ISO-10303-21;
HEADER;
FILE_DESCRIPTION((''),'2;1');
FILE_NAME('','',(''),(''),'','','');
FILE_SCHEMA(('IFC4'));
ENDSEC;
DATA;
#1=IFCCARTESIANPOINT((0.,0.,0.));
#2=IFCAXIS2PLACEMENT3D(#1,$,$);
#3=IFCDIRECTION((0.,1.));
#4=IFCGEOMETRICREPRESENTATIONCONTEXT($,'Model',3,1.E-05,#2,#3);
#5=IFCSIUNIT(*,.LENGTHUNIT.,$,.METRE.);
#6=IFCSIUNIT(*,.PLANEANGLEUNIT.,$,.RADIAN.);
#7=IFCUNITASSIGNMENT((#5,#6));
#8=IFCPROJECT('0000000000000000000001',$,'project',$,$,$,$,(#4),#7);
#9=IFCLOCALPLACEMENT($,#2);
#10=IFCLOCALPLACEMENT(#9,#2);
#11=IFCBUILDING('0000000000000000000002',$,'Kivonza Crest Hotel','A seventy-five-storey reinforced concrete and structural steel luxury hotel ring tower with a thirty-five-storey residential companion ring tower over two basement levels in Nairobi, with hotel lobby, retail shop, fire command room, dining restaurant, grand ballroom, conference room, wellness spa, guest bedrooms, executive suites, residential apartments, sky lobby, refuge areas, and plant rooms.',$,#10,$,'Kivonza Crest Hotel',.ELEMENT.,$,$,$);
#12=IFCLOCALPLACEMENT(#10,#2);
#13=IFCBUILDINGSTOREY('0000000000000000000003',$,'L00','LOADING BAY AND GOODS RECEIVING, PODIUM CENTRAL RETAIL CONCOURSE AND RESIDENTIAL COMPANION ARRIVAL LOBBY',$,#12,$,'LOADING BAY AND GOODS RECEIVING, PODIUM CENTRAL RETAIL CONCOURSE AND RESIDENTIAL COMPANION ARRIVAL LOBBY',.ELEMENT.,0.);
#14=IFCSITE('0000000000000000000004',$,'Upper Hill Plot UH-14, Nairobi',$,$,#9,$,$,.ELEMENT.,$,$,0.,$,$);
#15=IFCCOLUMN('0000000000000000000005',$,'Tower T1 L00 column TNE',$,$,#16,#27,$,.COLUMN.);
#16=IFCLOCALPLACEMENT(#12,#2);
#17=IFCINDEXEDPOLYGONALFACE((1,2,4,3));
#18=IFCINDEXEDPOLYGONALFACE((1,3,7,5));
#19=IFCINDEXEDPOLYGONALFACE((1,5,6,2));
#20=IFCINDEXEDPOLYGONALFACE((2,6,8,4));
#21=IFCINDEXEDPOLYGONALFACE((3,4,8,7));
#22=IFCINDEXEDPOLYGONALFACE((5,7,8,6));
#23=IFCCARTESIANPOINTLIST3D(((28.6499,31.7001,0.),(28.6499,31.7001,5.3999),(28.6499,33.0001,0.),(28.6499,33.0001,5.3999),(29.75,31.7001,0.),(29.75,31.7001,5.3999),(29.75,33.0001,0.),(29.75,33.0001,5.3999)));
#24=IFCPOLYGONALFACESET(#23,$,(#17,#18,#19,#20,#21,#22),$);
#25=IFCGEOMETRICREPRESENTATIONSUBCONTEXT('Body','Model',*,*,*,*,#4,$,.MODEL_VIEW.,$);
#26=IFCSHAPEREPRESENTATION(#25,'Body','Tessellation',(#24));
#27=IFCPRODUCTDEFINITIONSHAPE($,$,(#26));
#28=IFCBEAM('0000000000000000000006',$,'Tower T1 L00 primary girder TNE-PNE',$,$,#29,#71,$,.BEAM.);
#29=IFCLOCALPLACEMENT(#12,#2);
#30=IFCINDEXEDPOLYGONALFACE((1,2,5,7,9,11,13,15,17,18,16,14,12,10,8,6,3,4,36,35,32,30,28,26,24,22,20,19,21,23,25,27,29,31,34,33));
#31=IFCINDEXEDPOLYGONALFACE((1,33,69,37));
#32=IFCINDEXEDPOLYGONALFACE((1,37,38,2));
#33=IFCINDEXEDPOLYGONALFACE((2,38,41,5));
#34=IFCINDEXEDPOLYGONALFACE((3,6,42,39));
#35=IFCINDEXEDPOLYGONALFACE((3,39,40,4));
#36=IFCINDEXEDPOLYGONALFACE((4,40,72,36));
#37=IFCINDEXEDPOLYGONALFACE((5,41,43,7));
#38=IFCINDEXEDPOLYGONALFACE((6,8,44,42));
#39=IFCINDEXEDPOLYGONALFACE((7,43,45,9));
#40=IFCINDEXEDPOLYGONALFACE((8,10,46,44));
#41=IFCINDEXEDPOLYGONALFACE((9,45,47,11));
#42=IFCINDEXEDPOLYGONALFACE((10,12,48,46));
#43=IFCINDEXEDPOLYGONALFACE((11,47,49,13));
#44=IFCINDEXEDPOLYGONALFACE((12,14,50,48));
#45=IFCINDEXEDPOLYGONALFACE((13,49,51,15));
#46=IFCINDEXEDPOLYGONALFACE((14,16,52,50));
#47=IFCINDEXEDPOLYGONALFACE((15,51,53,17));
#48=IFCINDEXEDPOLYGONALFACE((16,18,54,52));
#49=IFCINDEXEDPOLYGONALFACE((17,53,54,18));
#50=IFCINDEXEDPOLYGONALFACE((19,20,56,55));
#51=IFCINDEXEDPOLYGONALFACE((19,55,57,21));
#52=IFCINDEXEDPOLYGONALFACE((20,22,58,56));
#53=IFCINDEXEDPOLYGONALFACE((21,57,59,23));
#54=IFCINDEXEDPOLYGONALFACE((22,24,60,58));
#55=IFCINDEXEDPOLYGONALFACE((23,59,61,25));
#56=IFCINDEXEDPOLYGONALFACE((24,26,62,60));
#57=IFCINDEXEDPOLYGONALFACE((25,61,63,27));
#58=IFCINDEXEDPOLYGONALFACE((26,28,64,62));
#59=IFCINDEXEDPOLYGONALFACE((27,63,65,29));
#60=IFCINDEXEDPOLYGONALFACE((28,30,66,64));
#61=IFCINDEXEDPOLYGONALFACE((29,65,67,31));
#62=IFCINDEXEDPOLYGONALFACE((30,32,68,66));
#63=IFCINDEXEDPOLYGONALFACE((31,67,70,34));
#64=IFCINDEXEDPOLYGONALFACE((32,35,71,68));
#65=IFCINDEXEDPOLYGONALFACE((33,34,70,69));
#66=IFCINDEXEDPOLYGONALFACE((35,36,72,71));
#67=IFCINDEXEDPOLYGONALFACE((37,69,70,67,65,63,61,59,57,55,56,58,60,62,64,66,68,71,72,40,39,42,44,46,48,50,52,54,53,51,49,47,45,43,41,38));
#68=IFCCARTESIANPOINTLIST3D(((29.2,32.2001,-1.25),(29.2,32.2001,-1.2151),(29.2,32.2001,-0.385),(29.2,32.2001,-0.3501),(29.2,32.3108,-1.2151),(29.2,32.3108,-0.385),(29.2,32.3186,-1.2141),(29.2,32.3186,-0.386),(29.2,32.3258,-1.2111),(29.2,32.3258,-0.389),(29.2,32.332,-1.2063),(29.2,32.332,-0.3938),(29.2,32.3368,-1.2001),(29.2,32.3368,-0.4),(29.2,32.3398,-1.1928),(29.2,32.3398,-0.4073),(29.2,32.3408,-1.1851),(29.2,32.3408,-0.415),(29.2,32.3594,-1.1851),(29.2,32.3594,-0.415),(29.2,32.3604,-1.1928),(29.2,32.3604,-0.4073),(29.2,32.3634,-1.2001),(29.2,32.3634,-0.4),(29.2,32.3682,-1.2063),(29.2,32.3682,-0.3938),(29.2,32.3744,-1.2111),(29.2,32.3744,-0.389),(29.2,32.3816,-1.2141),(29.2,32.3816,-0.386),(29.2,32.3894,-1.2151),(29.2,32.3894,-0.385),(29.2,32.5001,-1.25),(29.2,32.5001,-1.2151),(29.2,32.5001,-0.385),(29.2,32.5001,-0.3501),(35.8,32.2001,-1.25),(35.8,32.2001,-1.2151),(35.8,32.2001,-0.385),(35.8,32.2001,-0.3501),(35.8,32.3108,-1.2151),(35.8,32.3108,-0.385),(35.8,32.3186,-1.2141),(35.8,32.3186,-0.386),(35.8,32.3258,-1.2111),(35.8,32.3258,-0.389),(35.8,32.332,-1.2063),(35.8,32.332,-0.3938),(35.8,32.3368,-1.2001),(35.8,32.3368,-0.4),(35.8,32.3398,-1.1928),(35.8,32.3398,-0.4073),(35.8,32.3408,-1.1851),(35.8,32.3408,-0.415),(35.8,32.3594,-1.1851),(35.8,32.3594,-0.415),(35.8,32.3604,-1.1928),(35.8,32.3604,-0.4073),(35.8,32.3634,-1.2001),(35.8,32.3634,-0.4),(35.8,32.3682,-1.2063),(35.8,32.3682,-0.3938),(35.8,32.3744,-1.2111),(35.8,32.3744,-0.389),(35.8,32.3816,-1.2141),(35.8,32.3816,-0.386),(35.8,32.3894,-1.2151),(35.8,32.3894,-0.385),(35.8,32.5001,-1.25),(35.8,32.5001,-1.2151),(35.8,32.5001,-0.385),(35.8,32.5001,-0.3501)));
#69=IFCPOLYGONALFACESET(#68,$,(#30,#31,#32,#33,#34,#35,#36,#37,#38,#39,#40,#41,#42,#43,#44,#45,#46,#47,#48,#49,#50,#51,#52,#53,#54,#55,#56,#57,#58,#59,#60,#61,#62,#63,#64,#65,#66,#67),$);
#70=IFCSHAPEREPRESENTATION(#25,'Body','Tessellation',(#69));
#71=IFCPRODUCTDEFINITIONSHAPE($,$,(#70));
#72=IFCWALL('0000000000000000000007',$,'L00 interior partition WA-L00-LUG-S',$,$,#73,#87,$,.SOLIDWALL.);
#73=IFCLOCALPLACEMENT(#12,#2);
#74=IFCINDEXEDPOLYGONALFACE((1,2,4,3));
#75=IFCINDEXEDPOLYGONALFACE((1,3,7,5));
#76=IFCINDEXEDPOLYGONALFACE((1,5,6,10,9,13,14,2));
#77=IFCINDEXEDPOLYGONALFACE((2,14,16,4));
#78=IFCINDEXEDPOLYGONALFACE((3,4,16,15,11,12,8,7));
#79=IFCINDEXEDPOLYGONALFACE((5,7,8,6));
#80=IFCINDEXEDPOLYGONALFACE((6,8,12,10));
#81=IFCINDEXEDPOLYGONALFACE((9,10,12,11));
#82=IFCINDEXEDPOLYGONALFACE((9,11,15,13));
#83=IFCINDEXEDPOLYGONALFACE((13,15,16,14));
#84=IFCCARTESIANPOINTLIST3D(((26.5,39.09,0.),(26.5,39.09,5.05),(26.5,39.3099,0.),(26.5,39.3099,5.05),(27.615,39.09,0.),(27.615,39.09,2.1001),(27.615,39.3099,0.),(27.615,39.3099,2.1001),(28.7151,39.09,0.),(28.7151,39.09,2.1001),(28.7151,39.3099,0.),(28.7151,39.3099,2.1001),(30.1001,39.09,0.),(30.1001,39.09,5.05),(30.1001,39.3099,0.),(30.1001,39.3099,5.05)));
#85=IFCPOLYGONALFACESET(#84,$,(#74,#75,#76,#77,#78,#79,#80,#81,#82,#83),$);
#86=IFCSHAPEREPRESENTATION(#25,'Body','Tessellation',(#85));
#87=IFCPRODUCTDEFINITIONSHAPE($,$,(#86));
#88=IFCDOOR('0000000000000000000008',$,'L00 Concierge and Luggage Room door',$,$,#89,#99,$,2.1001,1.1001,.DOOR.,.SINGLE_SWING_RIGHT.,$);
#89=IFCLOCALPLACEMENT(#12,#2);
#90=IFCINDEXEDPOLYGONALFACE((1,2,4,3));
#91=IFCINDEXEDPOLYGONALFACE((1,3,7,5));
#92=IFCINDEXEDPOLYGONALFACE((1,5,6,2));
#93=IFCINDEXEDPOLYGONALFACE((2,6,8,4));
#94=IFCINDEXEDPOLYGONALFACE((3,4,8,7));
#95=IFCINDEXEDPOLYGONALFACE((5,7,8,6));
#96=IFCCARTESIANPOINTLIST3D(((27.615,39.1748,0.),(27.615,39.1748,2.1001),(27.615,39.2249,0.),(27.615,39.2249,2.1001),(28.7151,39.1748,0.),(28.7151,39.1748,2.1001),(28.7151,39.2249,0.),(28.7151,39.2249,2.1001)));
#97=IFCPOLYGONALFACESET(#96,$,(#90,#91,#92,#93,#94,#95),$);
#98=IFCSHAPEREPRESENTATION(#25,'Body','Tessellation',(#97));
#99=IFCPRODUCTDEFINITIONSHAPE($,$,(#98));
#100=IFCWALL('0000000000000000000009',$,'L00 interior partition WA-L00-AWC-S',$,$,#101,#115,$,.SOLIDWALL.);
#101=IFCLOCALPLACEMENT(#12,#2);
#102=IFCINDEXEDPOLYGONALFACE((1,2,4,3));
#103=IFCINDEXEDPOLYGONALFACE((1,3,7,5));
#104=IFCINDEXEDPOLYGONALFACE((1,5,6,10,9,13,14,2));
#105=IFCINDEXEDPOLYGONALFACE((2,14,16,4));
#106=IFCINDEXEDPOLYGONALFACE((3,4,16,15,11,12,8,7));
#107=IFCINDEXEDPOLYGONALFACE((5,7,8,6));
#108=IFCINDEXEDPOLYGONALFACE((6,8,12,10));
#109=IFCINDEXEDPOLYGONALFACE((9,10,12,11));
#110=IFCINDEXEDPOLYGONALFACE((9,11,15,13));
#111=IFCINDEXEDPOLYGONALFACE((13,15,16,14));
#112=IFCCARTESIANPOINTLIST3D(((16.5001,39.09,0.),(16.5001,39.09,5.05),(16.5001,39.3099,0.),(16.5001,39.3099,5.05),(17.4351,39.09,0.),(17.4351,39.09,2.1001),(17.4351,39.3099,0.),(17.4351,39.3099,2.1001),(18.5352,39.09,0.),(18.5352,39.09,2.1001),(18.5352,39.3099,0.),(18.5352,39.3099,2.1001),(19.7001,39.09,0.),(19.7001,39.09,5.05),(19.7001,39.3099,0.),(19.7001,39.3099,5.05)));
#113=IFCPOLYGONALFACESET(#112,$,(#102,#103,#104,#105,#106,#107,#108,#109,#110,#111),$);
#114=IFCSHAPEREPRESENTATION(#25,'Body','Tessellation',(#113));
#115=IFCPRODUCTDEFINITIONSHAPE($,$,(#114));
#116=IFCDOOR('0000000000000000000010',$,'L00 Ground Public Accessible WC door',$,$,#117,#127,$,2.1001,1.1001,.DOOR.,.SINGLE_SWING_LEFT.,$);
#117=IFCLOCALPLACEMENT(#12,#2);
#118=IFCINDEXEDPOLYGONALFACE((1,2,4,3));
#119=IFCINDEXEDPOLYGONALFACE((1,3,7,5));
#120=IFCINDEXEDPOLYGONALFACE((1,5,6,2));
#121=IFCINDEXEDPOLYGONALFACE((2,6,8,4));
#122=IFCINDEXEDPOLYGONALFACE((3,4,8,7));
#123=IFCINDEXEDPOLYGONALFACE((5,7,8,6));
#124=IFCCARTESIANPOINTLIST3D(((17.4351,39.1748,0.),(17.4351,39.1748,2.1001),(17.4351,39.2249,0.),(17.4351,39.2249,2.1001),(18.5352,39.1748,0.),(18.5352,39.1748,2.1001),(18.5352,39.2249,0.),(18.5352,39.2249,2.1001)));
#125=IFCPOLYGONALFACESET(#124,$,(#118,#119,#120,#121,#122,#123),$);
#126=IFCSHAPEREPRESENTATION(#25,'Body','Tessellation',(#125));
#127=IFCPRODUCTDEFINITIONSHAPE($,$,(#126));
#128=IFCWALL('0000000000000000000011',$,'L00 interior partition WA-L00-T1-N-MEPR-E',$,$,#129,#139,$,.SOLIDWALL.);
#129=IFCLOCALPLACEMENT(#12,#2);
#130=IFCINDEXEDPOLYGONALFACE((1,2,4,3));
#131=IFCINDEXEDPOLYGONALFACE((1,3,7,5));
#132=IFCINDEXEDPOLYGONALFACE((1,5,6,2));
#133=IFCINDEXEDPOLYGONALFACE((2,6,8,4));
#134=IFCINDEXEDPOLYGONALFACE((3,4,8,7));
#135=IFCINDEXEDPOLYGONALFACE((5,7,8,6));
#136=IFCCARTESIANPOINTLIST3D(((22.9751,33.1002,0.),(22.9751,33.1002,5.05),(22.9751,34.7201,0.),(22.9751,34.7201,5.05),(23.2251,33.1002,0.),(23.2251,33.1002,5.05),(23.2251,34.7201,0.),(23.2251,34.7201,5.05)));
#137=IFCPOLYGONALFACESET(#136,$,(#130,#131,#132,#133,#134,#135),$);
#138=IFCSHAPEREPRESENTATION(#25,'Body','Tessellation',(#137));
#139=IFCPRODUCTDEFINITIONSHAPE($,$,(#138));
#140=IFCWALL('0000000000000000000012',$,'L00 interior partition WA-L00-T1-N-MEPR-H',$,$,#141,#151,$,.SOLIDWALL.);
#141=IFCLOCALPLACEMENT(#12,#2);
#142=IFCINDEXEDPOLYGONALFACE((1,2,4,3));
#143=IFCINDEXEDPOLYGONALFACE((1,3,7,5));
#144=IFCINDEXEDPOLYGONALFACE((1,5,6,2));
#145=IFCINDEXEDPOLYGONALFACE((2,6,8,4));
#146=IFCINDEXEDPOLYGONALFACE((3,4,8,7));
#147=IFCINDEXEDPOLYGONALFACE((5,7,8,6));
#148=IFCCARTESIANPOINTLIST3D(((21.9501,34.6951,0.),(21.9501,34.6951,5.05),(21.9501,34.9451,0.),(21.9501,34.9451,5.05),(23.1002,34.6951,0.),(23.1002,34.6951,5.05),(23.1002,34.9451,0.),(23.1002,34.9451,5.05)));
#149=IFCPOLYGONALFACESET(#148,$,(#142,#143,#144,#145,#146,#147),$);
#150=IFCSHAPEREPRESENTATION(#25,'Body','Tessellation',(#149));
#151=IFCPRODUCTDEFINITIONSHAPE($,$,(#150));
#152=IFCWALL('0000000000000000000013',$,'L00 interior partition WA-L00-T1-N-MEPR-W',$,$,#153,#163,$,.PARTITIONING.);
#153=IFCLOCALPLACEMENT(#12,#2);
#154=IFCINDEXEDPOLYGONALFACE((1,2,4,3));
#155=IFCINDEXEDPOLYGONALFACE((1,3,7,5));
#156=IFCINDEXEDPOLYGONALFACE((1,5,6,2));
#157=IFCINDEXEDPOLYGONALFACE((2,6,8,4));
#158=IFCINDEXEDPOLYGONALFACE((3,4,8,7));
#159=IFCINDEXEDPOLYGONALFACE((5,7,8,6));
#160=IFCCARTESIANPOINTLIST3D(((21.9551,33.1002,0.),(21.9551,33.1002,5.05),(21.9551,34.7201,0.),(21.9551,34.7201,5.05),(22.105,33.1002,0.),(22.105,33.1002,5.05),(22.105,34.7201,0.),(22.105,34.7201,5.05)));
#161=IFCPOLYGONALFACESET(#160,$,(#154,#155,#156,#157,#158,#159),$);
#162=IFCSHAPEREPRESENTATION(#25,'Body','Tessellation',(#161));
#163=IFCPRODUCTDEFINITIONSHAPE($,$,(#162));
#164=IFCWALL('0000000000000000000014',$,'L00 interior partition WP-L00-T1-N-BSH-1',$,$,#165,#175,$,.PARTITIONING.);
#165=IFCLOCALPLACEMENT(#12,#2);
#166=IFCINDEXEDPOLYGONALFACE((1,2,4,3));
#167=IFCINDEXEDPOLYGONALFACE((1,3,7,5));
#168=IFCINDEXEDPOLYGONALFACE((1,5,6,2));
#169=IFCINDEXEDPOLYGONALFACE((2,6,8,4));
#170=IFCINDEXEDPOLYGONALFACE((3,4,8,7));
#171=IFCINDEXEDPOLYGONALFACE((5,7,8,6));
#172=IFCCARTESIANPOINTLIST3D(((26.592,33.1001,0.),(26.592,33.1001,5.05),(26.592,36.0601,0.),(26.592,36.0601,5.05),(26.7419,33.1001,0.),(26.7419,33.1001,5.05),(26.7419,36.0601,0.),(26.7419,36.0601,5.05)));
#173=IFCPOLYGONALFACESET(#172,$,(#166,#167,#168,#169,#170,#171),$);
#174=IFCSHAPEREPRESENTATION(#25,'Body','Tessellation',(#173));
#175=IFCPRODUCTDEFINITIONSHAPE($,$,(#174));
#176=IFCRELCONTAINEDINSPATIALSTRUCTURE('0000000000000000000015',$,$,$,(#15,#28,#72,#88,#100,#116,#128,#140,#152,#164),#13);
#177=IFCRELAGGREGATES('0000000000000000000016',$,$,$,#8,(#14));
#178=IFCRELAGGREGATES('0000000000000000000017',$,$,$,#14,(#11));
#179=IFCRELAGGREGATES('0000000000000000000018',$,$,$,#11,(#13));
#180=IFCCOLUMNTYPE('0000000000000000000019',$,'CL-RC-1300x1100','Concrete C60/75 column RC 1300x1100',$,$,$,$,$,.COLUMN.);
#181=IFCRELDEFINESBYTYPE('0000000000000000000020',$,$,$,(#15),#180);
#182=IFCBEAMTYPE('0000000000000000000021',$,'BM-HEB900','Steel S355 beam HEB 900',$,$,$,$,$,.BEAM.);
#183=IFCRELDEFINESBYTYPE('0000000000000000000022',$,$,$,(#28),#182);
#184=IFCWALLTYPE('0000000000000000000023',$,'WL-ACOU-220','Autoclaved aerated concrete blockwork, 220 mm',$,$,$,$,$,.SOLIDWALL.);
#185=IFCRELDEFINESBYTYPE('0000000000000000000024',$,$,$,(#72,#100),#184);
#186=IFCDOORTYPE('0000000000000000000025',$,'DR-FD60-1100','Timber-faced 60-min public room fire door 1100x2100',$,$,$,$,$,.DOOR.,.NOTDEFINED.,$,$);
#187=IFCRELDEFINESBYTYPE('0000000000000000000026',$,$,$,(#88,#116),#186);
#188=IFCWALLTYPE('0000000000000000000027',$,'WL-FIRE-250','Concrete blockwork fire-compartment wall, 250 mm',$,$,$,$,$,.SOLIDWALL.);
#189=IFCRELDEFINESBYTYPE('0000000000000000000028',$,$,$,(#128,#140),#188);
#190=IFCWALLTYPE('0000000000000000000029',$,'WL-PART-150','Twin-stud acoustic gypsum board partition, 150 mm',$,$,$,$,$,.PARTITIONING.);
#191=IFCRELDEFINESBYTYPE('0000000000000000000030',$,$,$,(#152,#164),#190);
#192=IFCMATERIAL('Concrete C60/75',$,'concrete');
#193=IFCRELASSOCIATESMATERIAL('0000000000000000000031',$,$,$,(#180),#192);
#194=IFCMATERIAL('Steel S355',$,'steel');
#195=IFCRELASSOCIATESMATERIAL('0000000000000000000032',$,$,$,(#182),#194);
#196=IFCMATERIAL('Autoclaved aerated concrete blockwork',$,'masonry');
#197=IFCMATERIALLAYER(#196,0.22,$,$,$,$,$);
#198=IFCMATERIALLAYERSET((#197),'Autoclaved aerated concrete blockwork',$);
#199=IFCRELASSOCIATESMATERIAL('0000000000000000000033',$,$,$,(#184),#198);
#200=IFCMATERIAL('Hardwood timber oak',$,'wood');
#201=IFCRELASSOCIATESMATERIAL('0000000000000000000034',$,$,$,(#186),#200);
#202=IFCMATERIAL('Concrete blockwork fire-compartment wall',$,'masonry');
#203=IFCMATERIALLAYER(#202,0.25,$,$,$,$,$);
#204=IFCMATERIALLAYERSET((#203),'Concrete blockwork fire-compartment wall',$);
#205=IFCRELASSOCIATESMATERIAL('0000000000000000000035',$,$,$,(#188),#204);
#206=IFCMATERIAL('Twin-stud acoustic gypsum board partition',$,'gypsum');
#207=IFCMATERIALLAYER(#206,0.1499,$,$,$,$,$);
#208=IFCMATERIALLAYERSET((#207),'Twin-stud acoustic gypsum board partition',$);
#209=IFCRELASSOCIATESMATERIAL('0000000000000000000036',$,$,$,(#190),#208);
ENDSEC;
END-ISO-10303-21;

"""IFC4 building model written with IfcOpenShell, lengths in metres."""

from ifc_helpers import new_model, si_unit, direction, frame, frame_2d, origin, origin_2d, place, context, subcontext, project, spatial, rectangle, i_section, extrude, material, layer, layer_set, material_profile, profile_set, type_object, element, fill, save


model = new_model("IFC4")

# Units and contexts
model_context = context("Model", 3, precision=1e-05, world=origin(), true_north=direction((0.0, 1.0)))
body_context = subcontext(model_context, "Body", "Model", "MODEL_VIEW")
ifc_project = project(units=[si_unit("LENGTHUNIT", "METRE"), si_unit("PLANEANGLEUNIT", "RADIAN")], contexts=[model_context])

# Site, building, storey
site_placement = place(None, origin())
site = spatial("IfcSite", under=ifc_project, at=site_placement, Name="Upper Hill Plot UH-14, Nairobi", CompositionType="ELEMENT", RefElevation=0.0)
building_placement = place(site_placement, origin())
building = spatial("IfcBuilding", under=site, at=building_placement, Name="Kivonza Crest Hotel", Description="A seventy-five-storey reinforced concrete and structural steel luxury hotel ring tower with a thirty-five-storey residential companion ring tower over two basement levels in Nairobi, with hotel lobby, retail shop, fire command room, dining restaurant, grand ballroom, conference room, wellness spa, guest bedrooms, executive suites, residential apartments, sky lobby, refuge areas, and plant rooms.", LongName="Kivonza Crest Hotel", CompositionType="ELEMENT")
storey_placement = place(building_placement, origin())
storey = spatial("IfcBuildingStorey", under=building, at=storey_placement, Name="L00", Description="LOADING BAY AND GOODS RECEIVING, PODIUM CENTRAL RETAIL CONCOURSE AND RESIDENTIAL COMPANION ARRIVAL LOBBY", LongName="LOADING BAY AND GOODS RECEIVING, PODIUM CENTRAL RETAIL CONCOURSE AND RESIDENTIAL COMPANION ARRIVAL LOBBY", CompositionType="ELEMENT", Elevation=0.0)

# Column
ifc_material_1 = material(Name="Concrete C60/75", Category="concrete")
ifc_material_profile_1 = material_profile(ifc_material_1, rectangle(XDim=1.1001, YDim=1.3, at=origin_2d()), Name="RC 1300x1100")
ifc_profile_set_1 = profile_set([ifc_material_profile_1], Name="Concrete C60/75")
column_type = type_object("IfcColumnType", Name="CL-RC-1300x1100", Description="Concrete C60/75 column RC 1300x1100", PredefinedType="COLUMN", material=ifc_profile_set_1)
column_placement = place(storey_placement, frame((29.2, 32.3501, 0.0), z_axis=(0.0, 0.0, 1.0), x_axis=(1.0, 0.0, 0.0)))
element("IfcColumn", 1, at=column_placement, inside=storey, type_object=column_type, Name="Tower T1 L00 column TNE", PredefinedType="COLUMN", context=body_context, shape_type="SweptSolid", body=[
    extrude(rectangle(XDim=1.1001, YDim=1.3, at=origin_2d()), origin(), (0.0, 0.0, 1.0), 5.3999),
])

# Beam
ifc_material_2 = material(Name="Steel S355", Category="steel")
ifc_material_profile_2 = material_profile(ifc_material_2, i_section(OverallWidth=0.3, OverallDepth=0.8999, WebThickness=0.0186, FlangeThickness=0.0349, FilletRadius=0.03, at=origin_2d()), Name="HEB 900")
ifc_profile_set_2 = profile_set([ifc_material_profile_2], Name="Steel S355")
beam_type = type_object("IfcBeamType", Name="BM-HEB900", Description="Steel S355 beam HEB 900", PredefinedType="BEAM", material=ifc_profile_set_2)
beam_placement = place(storey_placement, frame((29.2, 32.3501, -0.8), z_axis=(1.0, 0.0, 0.0), x_axis=(0.0, 1.0, 0.0)))
element("IfcBeam", 2, at=beam_placement, inside=storey, type_object=beam_type, Name="Tower T1 L00 primary girder TNE-PNE", PredefinedType="BEAM", context=body_context, shape_type="SweptSolid", body=[
    extrude(i_section(OverallWidth=0.3, OverallDepth=0.8999, WebThickness=0.0186, FlangeThickness=0.0349, FilletRadius=0.03, at=origin_2d()), origin(), (0.0, 0.0, 1.0), 6.6001),
])

# Walls, openings, doors
ifc_material_3 = material(Name="Autoclaved aerated concrete blockwork", Category="masonry")
ifc_layer_1 = layer(ifc_material_3, 0.22)
ifc_layer_set_1 = layer_set([ifc_layer_1], Name="Autoclaved aerated concrete blockwork")
wall_type_1 = type_object("IfcWallType", Name="WL-ACOU-220", Description="Autoclaved aerated concrete blockwork, 220 mm", PredefinedType="SOLIDWALL", material=ifc_layer_set_1)
wall_1_placement = place(storey_placement, frame((26.5, 39.2, 0.0), z_axis=(0.0, 0.0, 1.0), x_axis=(1.0, 0.0, 0.0)))
wall_1 = element("IfcWall", 3, at=wall_1_placement, inside=storey, type_object=wall_type_1, Name="L00 interior partition WA-L00-LUG-S", PredefinedType="SOLIDWALL", context=body_context, shape_type="SweptSolid", body=[
    extrude(rectangle(XDim=3.6001, YDim=0.22, at=frame_2d((1.8, 0.0))), origin(), (0.0, 0.0, 1.0), 5.05),
])
opening_1_placement = place(wall_1_placement, frame((1.115, 0.0, 0.0)))
opening_1 = element("IfcOpeningElement", 4, at=opening_1_placement, cuts=wall_1, PredefinedType="OPENING", context=body_context, shape_type="SweptSolid", body=[
    extrude(rectangle(XDim=1.1001, YDim=2.1001, at=frame_2d((0.55, 1.05))), frame((0.0, 0.1201, 0.0), z_axis=(0.0, -1.0, 0.0), x_axis=(1.0, 0.0, 0.0)), (0.0, 0.0, 1.0), 0.24),
])
ifc_material_4 = material(Name="Hardwood timber oak", Category="wood")
door_type_1 = type_object("IfcDoorType", Name="DR-FD60-1100", Description="Timber-faced 60-min public room fire door 1100x2100", OperationType="NOTDEFINED", PredefinedType="DOOR", material=ifc_material_4)
door_1_placement = place(opening_1_placement, origin())
door_1 = element("IfcDoor", 5, at=door_1_placement, inside=storey, type_object=door_type_1, Name="L00 Concierge and Luggage Room door", OperationType="SINGLE_SWING_RIGHT", OverallHeight=2.1001, OverallWidth=1.1001, PredefinedType="DOOR", context=body_context, shape_type="SweptSolid", body=[
    extrude(rectangle(XDim=1.1001, YDim=2.1001, at=frame_2d((0.55, 1.05))), frame((0.0, 0.0249, 0.0), z_axis=(0.0, -1.0, 0.0), x_axis=(1.0, 0.0, 0.0)), (0.0, 0.0, 1.0), 0.05),
])
fill(opening_1, door_1)
wall_2_placement = place(storey_placement, frame((16.5, 39.2, 0.0), z_axis=(0.0, 0.0, 1.0), x_axis=(1.0, 0.0, 0.0)))
wall_2 = element("IfcWall", 6, at=wall_2_placement, inside=storey, type_object=wall_type_1, Name="L00 interior partition WA-L00-AWC-S", PredefinedType="SOLIDWALL", context=body_context, shape_type="SweptSolid", body=[
    extrude(rectangle(XDim=3.2, YDim=0.22, at=frame_2d((1.6001, 0.0))), origin(), (0.0, 0.0, 1.0), 5.05),
])
opening_2_placement = place(wall_2_placement, frame((0.9351, 0.0, 0.0)))
opening_2 = element("IfcOpeningElement", 7, at=opening_2_placement, cuts=wall_2, PredefinedType="OPENING", context=body_context, shape_type="SweptSolid", body=[
    extrude(rectangle(XDim=1.1001, YDim=2.1001, at=frame_2d((0.55, 1.05))), frame((0.0, 0.1201, 0.0), z_axis=(0.0, -1.0, 0.0), x_axis=(1.0, 0.0, 0.0)), (0.0, 0.0, 1.0), 0.24),
])
door_2_placement = place(opening_2_placement, origin())
door_2 = element("IfcDoor", 8, at=door_2_placement, inside=storey, type_object=door_type_1, Name="L00 Ground Public Accessible WC door", OperationType="SINGLE_SWING_LEFT", OverallHeight=2.1001, OverallWidth=1.1001, PredefinedType="DOOR", context=body_context, shape_type="SweptSolid", body=[
    extrude(rectangle(XDim=1.1001, YDim=2.1001, at=frame_2d((0.55, 1.05))), frame((0.0, 0.0249, 0.0), z_axis=(0.0, -1.0, 0.0), x_axis=(1.0, 0.0, 0.0)), (0.0, 0.0, 1.0), 0.05),
])
fill(opening_2, door_2)

# Walls
ifc_material_5 = material(Name="Concrete blockwork fire-compartment wall", Category="masonry")
ifc_layer_2 = layer(ifc_material_5, 0.25)
ifc_layer_set_2 = layer_set([ifc_layer_2], Name="Concrete blockwork fire-compartment wall")
wall_type_2 = type_object("IfcWallType", Name="WL-FIRE-250", Description="Concrete blockwork fire-compartment wall, 250 mm", PredefinedType="SOLIDWALL", material=ifc_layer_set_2)
wall_3_placement = place(storey_placement, frame((23.1001, 33.1001, 0.0), z_axis=(0.0, 0.0, 1.0), x_axis=(0.0, 1.0, 0.0)))
element("IfcWall", 9, at=wall_3_placement, inside=storey, type_object=wall_type_2, Name="L00 interior partition WA-L00-T1-N-MEPR-E", PredefinedType="SOLIDWALL", context=body_context, shape_type="SweptSolid", body=[
    extrude(rectangle(XDim=1.6199, YDim=0.25, at=frame_2d((0.8101, 0.0))), origin(), (0.0, 0.0, 1.0), 5.05),
])
wall_4_placement = place(storey_placement, frame((21.95, 34.8201, 0.0), z_axis=(0.0, 0.0, 1.0), x_axis=(1.0, 0.0, 0.0)))
element("IfcWall", 10, at=wall_4_placement, inside=storey, type_object=wall_type_2, Name="L00 interior partition WA-L00-T1-N-MEPR-H", PredefinedType="SOLIDWALL", context=body_context, shape_type="SweptSolid", body=[
    extrude(rectangle(XDim=1.1501, YDim=0.25, at=frame_2d((0.5752, 0.0))), origin(), (0.0, 0.0, 1.0), 5.05),
])
ifc_material_6 = material(Name="Twin-stud acoustic gypsum board partition", Category="gypsum")
ifc_layer_3 = layer(ifc_material_6, 0.1499)
ifc_layer_set_3 = layer_set([ifc_layer_3], Name="Twin-stud acoustic gypsum board partition")
wall_type_3 = type_object("IfcWallType", Name="WL-PART-150", Description="Twin-stud acoustic gypsum board partition, 150 mm", PredefinedType="PARTITIONING", material=ifc_layer_set_3)
wall_5_placement = place(storey_placement, frame((22.03, 33.1001, 0.0), z_axis=(0.0, 0.0, 1.0), x_axis=(0.0, 1.0, 0.0)))
element("IfcWall", 11, at=wall_5_placement, inside=storey, type_object=wall_type_3, Name="L00 interior partition WA-L00-T1-N-MEPR-W", PredefinedType="PARTITIONING", context=body_context, shape_type="SweptSolid", body=[
    extrude(rectangle(XDim=1.6199, YDim=0.1499, at=frame_2d((0.8101, 0.0))), origin(), (0.0, 0.0, 1.0), 5.05),
])
wall_6_placement = place(storey_placement, frame((26.667, 33.1001, 0.0), z_axis=(0.0, 0.0, 1.0), x_axis=(0.0, 1.0, 0.0)))
element("IfcWall", 12, at=wall_6_placement, inside=storey, type_object=wall_type_3, Name="L00 interior partition WP-L00-T1-N-BSH-1", PredefinedType="PARTITIONING", context=body_context, shape_type="SweptSolid", body=[
    extrude(rectangle(XDim=2.96, YDim=0.1499, at=frame_2d((1.48, 0.0))), origin(), (0.0, 0.0, 1.0), 5.05),
])

save(model, "model.ifc")
